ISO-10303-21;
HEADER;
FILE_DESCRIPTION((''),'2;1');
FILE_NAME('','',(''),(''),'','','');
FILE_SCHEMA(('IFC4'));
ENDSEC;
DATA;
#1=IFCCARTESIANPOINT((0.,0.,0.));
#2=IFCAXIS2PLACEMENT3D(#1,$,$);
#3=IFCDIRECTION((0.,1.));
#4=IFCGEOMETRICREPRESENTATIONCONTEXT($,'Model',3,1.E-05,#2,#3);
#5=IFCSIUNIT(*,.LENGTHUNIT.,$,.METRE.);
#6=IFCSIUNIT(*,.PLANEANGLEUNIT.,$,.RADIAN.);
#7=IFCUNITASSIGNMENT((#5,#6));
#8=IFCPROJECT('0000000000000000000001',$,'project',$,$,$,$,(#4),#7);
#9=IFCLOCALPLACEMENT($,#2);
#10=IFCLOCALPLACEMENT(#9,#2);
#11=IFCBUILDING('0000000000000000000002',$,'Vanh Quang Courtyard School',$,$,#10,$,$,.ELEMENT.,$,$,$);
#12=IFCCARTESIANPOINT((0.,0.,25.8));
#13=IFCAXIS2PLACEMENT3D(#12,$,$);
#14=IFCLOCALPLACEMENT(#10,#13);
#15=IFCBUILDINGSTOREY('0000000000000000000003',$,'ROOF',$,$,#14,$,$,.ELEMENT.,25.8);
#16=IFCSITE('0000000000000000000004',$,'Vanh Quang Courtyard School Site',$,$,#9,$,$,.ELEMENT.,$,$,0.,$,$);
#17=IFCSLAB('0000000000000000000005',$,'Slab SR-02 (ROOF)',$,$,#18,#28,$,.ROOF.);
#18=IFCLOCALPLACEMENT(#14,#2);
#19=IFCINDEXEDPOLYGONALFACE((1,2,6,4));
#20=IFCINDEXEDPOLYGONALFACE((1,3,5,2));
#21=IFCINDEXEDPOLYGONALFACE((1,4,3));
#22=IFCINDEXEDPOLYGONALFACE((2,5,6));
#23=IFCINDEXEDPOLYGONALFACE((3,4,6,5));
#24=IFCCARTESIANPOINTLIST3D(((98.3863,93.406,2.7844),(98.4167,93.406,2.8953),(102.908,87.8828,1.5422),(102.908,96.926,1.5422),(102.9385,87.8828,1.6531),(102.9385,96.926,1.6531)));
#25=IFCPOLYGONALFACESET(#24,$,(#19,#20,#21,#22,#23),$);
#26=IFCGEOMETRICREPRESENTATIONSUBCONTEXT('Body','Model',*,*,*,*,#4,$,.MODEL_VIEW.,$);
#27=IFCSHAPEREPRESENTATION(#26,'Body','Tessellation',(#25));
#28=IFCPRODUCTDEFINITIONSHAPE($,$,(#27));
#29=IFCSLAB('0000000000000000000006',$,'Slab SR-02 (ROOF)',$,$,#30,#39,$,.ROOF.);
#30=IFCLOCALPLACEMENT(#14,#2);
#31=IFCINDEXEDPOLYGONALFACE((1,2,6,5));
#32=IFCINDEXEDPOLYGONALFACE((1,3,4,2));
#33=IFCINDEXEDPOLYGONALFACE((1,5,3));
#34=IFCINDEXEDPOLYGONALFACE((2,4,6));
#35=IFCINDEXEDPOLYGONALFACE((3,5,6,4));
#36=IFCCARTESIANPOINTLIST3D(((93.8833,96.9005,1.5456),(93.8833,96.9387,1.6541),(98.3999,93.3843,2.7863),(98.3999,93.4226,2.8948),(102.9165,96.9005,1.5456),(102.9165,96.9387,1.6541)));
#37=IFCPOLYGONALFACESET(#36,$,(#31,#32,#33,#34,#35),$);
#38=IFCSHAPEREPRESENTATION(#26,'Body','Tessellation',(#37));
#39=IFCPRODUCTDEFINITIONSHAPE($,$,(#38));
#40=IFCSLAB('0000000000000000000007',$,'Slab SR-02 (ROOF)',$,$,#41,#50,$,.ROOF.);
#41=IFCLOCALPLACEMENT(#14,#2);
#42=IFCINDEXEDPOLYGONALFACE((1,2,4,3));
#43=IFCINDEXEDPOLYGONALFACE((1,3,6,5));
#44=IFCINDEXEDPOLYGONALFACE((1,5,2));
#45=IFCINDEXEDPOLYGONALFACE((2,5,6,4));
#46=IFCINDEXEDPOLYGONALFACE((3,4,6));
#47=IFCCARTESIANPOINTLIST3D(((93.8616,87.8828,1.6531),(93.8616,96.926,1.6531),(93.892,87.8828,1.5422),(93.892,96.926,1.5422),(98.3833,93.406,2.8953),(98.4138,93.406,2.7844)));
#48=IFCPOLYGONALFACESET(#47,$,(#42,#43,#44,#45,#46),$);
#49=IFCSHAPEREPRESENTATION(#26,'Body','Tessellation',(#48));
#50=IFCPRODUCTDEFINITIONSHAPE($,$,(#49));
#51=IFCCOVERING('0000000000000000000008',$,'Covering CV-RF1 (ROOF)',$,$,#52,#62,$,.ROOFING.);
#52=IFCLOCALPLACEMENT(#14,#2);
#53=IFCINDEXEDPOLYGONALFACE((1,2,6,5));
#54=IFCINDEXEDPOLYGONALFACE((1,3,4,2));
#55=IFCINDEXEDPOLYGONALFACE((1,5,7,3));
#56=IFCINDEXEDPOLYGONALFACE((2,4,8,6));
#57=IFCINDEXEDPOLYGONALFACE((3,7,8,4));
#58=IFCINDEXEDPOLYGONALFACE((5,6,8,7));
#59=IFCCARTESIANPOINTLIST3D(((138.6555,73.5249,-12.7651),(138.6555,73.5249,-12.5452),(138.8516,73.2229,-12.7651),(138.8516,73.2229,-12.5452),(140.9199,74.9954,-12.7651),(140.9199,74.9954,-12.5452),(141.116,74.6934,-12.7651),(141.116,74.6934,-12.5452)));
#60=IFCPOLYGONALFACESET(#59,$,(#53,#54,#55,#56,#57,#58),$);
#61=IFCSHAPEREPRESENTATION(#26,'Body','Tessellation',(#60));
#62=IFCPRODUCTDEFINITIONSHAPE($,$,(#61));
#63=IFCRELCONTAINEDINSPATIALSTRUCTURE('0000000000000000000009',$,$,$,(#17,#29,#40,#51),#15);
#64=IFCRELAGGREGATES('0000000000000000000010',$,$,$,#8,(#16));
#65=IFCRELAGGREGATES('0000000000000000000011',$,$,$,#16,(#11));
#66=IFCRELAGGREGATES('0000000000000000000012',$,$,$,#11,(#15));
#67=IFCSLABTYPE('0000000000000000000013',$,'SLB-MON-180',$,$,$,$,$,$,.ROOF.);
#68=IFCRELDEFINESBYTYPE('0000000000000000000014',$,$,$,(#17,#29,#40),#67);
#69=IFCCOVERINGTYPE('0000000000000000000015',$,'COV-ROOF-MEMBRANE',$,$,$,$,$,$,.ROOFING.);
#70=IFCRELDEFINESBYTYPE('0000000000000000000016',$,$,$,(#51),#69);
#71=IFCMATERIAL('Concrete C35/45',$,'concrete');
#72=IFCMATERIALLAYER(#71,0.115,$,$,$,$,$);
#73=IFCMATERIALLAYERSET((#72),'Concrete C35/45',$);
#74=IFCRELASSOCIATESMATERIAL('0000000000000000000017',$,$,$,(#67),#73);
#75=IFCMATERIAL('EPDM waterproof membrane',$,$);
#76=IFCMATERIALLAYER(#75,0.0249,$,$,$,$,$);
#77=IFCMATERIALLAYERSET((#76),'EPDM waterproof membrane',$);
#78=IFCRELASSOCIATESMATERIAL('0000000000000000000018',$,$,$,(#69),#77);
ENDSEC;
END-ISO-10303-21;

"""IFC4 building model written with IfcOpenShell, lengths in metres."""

from ifc_helpers import new_model, si_unit, direction, frame, origin, origin_2d, place, context, subcontext, project, spatial, polyline, rectangle, outline, extrude, material, layer, layer_set, type_object, element, save


model = new_model("IFC4")

# Units and contexts
model_context = context("Model", 3, precision=1e-05, world=origin(), true_north=direction((0.0, 1.0)))
body_context = subcontext(model_context, "Body", "Model", "MODEL_VIEW")
ifc_project = project(units=[si_unit("LENGTHUNIT", "METRE"), si_unit("PLANEANGLEUNIT", "RADIAN")], contexts=[model_context])

# Site, building, storey
site_placement = place(None, origin())
site = spatial("IfcSite", under=ifc_project, at=site_placement, Name="Vanh Quang Courtyard School Site", CompositionType="ELEMENT", RefElevation=0.0)
building_placement = place(site_placement, origin())
building = spatial("IfcBuilding", under=site, at=building_placement, Name="Vanh Quang Courtyard School", CompositionType="ELEMENT")
storey_placement = place(building_placement, frame((0.0, 0.0, 25.8)))
storey = spatial("IfcBuildingStorey", under=building, at=storey_placement, Name="ROOF", CompositionType="ELEMENT", Elevation=25.8)

# Shared definitions
ifc_material_1 = material(Name="Concrete C35/45", Category="concrete")

# Slabs
ifc_layer_1 = layer(ifc_material_1, 0.115)
ifc_layer_set_1 = layer_set([ifc_layer_1], Name="Concrete C35/45")
slab_type_1 = type_object("IfcSlabType", Name="SLB-MON-180", PredefinedType="ROOF", material=ifc_layer_set_1)
slab_1_placement = place(storey_placement, frame((102.9385, 87.8828, 1.6531), z_axis=(0.264901, 0.0, 0.964276), x_axis=(0.0, 1.0, 0.0)))
element("IfcSlab", 1, at=slab_1_placement, inside=storey, type_object=slab_type_1, Name="Slab SR-02 (ROOF)", PredefinedType="ROOF", context=body_context, shape_type="SweptSolid", body=[
    extrude(outline(polyline([(0.0, 0.0), (9.0432, 0.0), (5.5232, 4.6892), (0.0, 0.0)])), origin(), (0.0, 0.0, -1.0), 0.115),
])
slab_2_placement = place(storey_placement, frame((102.9165, 96.9387, 1.6541), z_axis=(0.0, 0.332758, 0.943012), x_axis=(-1.0, 0.0, 0.0)))
element("IfcSlab", 2, at=slab_2_placement, inside=storey, type_object=slab_type_1, Name="Slab SR-02 (ROOF)", PredefinedType="ROOF", context=body_context, shape_type="SweptSolid", body=[
    extrude(outline(polyline([(0.0, 0.0), (9.0332, 0.0), (4.5166, 3.7286), (0.0, 0.0)])), origin(), (0.0, 0.0, -1.0), 0.115),
])
slab_3_placement = place(storey_placement, frame((93.8616, 96.926, 1.6531), z_axis=(-0.264901, 0.0, 0.964276), x_axis=(0.0, -1.0, 0.0)))
element("IfcSlab", 3, at=slab_3_placement, inside=storey, type_object=slab_type_1, Name="Slab SR-02 (ROOF)", PredefinedType="ROOF", context=body_context, shape_type="SweptSolid", body=[
    extrude(outline(polyline([(0.0, 0.0), (9.0432, 0.0), (3.52, 4.6892), (0.0, 0.0)])), origin(), (0.0, 0.0, -1.0), 0.115),
])

# Covering
ifc_material_2 = material(Name="EPDM waterproof membrane")
ifc_layer_2 = layer(ifc_material_2, 0.0249)
ifc_layer_set_2 = layer_set([ifc_layer_2], Name="EPDM waterproof membrane")
covering_type = type_object("IfcCoveringType", Name="COV-ROOF-MEMBRANE", PredefinedType="ROOFING", material=ifc_layer_set_2)
covering_placement = place(storey_placement, frame((139.8857, 74.1091, -12.7651), z_axis=(0.0, 0.0, 1.0), x_axis=(0.838671, 0.544639, 0.0)))
element("IfcCovering", 4, at=covering_placement, inside=storey, type_object=covering_type, Name="Covering CV-RF1 (ROOF)", PredefinedType="ROOFING", context=body_context, shape_type="SweptSolid", body=[
    extrude(rectangle(XDim=2.7, YDim=0.3601, at=origin_2d()), origin(), (0.0, 0.0, 1.0), 0.22),
])

save(model, "model.ifc")
